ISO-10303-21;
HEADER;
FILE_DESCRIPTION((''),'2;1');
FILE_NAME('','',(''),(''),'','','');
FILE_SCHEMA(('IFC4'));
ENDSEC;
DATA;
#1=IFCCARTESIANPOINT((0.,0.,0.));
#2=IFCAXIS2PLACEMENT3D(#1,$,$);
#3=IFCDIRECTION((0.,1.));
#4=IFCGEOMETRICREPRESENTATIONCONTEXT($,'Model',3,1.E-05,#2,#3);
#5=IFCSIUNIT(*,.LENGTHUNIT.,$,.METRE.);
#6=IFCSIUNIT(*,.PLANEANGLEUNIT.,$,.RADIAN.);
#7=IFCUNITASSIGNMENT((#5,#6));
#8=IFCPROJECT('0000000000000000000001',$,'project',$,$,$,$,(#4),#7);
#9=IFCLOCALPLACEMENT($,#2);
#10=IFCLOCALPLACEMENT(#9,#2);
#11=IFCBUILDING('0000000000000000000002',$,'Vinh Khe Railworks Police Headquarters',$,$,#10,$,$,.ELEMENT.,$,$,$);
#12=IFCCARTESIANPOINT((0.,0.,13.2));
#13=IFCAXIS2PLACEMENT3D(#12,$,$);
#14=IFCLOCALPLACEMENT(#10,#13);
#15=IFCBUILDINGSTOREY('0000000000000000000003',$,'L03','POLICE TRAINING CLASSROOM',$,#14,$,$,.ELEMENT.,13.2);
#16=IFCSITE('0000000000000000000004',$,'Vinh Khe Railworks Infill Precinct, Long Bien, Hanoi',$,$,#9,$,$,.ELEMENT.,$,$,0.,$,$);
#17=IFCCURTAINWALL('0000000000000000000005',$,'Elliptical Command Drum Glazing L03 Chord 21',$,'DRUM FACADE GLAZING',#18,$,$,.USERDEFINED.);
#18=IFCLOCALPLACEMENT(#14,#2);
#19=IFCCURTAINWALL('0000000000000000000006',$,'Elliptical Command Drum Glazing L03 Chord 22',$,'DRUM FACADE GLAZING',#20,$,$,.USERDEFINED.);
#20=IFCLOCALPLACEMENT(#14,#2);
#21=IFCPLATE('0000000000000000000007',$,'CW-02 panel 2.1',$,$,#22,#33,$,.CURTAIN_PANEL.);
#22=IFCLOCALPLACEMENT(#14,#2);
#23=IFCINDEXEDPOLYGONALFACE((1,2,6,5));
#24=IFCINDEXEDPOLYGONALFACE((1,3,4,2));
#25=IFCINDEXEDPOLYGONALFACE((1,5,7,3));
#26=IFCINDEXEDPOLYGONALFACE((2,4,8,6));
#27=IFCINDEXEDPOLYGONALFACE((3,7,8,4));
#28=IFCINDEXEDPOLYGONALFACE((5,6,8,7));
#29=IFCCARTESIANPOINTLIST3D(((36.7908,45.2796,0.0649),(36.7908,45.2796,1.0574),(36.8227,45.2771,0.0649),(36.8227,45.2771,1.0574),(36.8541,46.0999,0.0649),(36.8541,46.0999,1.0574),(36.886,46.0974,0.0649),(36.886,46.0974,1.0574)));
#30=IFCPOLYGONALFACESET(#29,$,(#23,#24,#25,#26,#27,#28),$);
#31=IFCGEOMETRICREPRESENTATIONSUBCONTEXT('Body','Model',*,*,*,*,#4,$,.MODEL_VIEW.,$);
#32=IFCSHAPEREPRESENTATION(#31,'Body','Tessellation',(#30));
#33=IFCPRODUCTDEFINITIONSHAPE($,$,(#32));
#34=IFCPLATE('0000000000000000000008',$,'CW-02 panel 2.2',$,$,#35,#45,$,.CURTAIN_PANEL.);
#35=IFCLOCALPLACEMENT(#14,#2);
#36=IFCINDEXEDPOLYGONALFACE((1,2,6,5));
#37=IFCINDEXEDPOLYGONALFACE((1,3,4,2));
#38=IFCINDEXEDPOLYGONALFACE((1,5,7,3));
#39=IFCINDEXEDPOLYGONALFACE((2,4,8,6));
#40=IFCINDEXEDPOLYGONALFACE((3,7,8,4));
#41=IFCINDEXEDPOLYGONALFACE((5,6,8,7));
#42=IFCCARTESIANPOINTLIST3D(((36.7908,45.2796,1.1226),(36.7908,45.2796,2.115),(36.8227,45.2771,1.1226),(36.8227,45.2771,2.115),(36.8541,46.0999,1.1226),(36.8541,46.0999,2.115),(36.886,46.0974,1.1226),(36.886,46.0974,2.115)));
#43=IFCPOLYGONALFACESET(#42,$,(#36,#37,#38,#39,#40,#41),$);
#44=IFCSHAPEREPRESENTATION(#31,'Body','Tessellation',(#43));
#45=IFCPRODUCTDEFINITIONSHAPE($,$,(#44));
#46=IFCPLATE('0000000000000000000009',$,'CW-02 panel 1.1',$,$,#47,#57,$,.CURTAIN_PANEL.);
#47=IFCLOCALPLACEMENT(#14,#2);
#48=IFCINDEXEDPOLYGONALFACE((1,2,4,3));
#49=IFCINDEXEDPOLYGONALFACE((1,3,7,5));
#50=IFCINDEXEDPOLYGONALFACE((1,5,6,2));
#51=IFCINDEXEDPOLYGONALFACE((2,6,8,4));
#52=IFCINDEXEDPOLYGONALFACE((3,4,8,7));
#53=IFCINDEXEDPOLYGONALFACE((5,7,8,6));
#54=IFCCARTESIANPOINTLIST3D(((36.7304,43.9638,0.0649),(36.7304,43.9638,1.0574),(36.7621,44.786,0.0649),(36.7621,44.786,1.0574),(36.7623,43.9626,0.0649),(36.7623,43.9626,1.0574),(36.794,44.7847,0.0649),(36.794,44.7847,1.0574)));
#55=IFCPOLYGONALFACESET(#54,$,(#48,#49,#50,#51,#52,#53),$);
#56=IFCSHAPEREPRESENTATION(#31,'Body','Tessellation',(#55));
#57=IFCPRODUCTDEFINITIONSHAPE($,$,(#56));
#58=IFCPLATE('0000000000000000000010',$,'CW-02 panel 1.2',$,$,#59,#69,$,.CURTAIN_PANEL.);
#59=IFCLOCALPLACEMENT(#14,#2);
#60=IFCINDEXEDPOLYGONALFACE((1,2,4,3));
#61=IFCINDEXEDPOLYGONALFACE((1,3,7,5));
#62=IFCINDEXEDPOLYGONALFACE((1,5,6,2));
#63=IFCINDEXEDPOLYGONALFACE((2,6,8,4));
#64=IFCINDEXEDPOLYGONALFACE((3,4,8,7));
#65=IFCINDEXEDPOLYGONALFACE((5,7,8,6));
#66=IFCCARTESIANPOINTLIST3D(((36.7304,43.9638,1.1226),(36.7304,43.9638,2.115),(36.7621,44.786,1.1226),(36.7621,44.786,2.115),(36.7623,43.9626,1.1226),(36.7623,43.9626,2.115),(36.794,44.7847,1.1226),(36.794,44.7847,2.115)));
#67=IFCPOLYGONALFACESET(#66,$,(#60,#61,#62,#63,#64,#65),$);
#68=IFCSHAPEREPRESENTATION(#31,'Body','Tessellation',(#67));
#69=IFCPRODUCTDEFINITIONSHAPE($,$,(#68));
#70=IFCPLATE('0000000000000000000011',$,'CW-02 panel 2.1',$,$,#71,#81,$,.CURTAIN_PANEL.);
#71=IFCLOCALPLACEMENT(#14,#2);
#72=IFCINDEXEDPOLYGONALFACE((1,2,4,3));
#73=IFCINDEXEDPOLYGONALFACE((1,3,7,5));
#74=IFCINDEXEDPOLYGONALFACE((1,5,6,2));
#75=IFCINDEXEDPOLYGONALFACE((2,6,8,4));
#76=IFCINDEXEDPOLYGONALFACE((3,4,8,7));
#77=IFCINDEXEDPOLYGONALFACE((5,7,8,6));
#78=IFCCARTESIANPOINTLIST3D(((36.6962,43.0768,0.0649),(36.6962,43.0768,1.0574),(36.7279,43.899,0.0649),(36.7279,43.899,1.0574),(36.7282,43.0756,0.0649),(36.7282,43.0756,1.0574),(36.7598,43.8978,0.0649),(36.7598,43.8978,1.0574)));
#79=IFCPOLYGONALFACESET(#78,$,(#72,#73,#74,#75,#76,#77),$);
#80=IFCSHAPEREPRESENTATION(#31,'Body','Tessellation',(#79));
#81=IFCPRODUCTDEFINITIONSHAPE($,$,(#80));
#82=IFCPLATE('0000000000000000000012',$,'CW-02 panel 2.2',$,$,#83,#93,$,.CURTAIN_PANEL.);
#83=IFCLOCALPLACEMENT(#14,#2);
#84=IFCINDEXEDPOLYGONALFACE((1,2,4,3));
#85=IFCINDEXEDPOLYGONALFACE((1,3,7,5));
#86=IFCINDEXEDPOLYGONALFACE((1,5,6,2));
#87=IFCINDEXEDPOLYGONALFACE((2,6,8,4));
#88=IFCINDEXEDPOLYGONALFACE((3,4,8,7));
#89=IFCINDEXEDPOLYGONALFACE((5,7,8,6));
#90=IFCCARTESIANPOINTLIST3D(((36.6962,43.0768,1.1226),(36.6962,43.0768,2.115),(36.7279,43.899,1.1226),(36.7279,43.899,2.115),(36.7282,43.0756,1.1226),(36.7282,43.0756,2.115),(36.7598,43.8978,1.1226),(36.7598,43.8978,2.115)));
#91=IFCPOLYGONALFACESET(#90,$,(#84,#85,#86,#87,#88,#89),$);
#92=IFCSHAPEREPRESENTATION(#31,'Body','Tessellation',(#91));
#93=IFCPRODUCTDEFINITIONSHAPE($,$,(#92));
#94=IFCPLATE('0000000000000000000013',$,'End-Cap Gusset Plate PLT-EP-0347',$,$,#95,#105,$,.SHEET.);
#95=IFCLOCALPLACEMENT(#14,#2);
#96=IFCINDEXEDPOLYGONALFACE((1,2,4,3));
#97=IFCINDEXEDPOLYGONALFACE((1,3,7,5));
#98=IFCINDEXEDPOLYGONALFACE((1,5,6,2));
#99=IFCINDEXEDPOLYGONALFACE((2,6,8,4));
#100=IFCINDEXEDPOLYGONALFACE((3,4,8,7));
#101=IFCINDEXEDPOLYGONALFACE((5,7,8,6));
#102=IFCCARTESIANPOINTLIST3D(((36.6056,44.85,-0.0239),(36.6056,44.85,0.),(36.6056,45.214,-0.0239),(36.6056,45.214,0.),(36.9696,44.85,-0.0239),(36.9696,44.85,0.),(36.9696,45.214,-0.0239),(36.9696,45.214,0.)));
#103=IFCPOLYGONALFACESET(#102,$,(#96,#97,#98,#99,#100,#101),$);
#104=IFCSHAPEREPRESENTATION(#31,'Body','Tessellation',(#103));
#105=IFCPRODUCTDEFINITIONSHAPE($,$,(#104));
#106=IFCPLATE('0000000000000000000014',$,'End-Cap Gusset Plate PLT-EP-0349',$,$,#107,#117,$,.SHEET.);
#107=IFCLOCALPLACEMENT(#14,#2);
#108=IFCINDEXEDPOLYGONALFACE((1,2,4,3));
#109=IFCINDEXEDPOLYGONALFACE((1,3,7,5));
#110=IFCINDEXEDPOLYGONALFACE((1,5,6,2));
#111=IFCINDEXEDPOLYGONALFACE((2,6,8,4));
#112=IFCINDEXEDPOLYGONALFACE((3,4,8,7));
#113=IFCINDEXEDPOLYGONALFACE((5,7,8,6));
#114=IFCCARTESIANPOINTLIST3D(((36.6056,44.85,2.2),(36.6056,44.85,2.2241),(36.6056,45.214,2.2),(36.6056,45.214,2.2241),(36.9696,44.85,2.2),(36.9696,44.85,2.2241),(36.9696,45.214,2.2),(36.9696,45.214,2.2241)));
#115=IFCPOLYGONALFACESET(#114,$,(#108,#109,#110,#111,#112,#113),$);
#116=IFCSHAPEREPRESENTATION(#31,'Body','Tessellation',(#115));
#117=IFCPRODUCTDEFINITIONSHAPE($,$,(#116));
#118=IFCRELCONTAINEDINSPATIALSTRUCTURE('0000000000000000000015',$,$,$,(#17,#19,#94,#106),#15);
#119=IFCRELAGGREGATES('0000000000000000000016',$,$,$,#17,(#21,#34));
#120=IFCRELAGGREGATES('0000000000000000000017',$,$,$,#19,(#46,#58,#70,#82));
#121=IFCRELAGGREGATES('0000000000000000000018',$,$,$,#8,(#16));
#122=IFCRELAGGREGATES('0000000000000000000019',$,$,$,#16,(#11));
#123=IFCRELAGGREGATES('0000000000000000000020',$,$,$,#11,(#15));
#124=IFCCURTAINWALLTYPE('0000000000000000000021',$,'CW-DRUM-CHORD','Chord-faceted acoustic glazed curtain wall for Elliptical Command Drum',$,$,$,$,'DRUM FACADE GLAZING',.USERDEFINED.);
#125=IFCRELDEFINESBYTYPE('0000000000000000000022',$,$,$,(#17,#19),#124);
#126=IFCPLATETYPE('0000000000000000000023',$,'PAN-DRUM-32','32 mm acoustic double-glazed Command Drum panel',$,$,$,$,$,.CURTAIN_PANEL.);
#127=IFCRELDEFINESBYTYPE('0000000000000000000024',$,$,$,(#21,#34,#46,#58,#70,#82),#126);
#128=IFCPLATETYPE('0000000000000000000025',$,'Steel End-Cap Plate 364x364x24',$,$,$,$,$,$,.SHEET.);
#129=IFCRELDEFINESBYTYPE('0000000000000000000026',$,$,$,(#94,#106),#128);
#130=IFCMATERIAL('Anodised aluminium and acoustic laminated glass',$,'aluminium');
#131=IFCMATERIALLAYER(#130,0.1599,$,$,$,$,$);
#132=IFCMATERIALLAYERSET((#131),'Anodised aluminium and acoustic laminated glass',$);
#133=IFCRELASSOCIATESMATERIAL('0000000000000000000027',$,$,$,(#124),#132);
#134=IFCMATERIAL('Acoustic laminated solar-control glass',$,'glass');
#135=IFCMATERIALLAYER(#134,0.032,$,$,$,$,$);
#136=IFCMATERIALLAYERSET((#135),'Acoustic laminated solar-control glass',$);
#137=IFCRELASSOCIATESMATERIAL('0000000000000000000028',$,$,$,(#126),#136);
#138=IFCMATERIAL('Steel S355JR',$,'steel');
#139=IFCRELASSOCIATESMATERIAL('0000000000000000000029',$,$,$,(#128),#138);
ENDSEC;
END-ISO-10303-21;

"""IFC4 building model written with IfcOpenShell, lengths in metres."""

from ifc_helpers import new_model, si_unit, direction, frame, origin, origin_2d, place, context, subcontext, project, spatial, rectangle, extrude, material, layer, layer_set, material_profile, profile_set, type_object, element, aggregate, save


model = new_model("IFC4")

# Units and contexts
model_context = context("Model", 3, precision=1e-05, world=origin(), true_north=direction((0.0, 1.0)))
body_context = subcontext(model_context, "Body", "Model", "MODEL_VIEW")
ifc_project = project(units=[si_unit("LENGTHUNIT", "METRE"), si_unit("PLANEANGLEUNIT", "RADIAN")], contexts=[model_context])

# Site, building, storey
site_placement = place(None, origin())
site = spatial("IfcSite", under=ifc_project, at=site_placement, Name="Vinh Khe Railworks Infill Precinct, Long Bien, Hanoi", CompositionType="ELEMENT", RefElevation=0.0)
building_placement = place(site_placement, origin())
building = spatial("IfcBuilding", under=site, at=building_placement, Name="Vinh Khe Railworks Police Headquarters", CompositionType="ELEMENT")
storey_placement = place(building_placement, frame((0.0, 0.0, 13.2)))
storey = spatial("IfcBuildingStorey", under=building, at=storey_placement, Name="L03", Description="POLICE TRAINING CLASSROOM", CompositionType="ELEMENT", Elevation=13.2)

# Shared definitions
ifc_material_1 = material(Name="Steel S355JR", Category="steel")

# Shared definitions
ifc_material_2 = material(Name="Anodised aluminium and acoustic laminated glass", Category="aluminium")
ifc_layer_1 = layer(ifc_material_2, 0.1599)
ifc_layer_set_1 = layer_set([ifc_layer_1], Name="Anodised aluminium and acoustic laminated glass")
curtain_wall_type = type_object("IfcCurtainWallType", Name="CW-DRUM-CHORD", Description="Chord-faceted acoustic glazed curtain wall for Elliptical Command Drum", ElementType="DRUM FACADE GLAZING", PredefinedType="USERDEFINED", material=ifc_layer_set_1)

# Curtain walls
curtain_wall_1_placement = place(storey_placement, origin())
curtain_wall_1 = element("IfcCurtainWall", 1, at=curtain_wall_1_placement, inside=storey, type_object=curtain_wall_type, Name="Elliptical Command Drum Glazing L03 Chord 21", ObjectType="DRUM FACADE GLAZING", PredefinedType="USERDEFINED")
curtain_wall_2_placement = place(storey_placement, origin())
curtain_wall_2 = element("IfcCurtainWall", 2, at=curtain_wall_2_placement, inside=storey, type_object=curtain_wall_type, Name="Elliptical Command Drum Glazing L03 Chord 22", ObjectType="DRUM FACADE GLAZING", PredefinedType="USERDEFINED")

# Plates
ifc_material_3 = material(Name="Acoustic laminated solar-control glass", Category="glass")
ifc_layer_2 = layer(ifc_material_3, 0.032)
ifc_layer_set_2 = layer_set([ifc_layer_2], Name="Acoustic laminated solar-control glass")
plate_type_1 = type_object("IfcPlateType", Name="PAN-DRUM-32", Description="32 mm acoustic double-glazed Command Drum panel", PredefinedType="CURTAIN_PANEL", material=ifc_layer_set_2)
plate_1_placement = place(storey_placement, frame((36.8384, 45.6885, 0.0649), z_axis=(0.0, 0.0, 1.0), x_axis=(-0.076969, -0.997033, 0.0)))
plate_1 = element("IfcPlate", 3, at=plate_1_placement, type_object=plate_type_1, Name="CW-02 panel 2.1", PredefinedType="CURTAIN_PANEL", context=body_context, shape_type="SweptSolid", body=[
    extrude(rectangle(XDim=0.8228, YDim=0.032, at=origin_2d()), origin(), (0.0, 0.0, 1.0), 0.9924),
])
plate_2_placement = place(storey_placement, frame((36.8384, 45.6885, 1.1226), z_axis=(0.0, 0.0, 1.0), x_axis=(-0.076969, -0.997033, 0.0)))
plate_2 = element("IfcPlate", 4, at=plate_2_placement, type_object=plate_type_1, Name="CW-02 panel 2.2", PredefinedType="CURTAIN_PANEL", context=body_context, shape_type="SweptSolid", body=[
    extrude(rectangle(XDim=0.8228, YDim=0.032, at=origin_2d()), origin(), (0.0, 0.0, 1.0), 0.9924),
])
aggregate(curtain_wall_1, [plate_1, plate_2])
plate_3_placement = place(storey_placement, frame((36.7622, 44.3743, 0.0649), z_axis=(0.0, 0.0, 1.0), x_axis=(-0.038513, -0.999258, 0.0)))
plate_3 = element("IfcPlate", 5, at=plate_3_placement, type_object=plate_type_1, Name="CW-02 panel 1.1", PredefinedType="CURTAIN_PANEL", context=body_context, shape_type="SweptSolid", body=[
    extrude(rectangle(XDim=0.8228, YDim=0.032, at=origin_2d()), origin(), (0.0, 0.0, 1.0), 0.9924),
])
plate_4_placement = place(storey_placement, frame((36.7622, 44.3743, 1.1226), z_axis=(0.0, 0.0, 1.0), x_axis=(-0.038513, -0.999258, 0.0)))
plate_4 = element("IfcPlate", 6, at=plate_4_placement, type_object=plate_type_1, Name="CW-02 panel 1.2", PredefinedType="CURTAIN_PANEL", context=body_context, shape_type="SweptSolid", body=[
    extrude(rectangle(XDim=0.8228, YDim=0.032, at=origin_2d()), origin(), (0.0, 0.0, 1.0), 0.9924),
])
plate_5_placement = place(storey_placement, frame((36.728, 43.4873, 0.0649), z_axis=(0.0, 0.0, 1.0), x_axis=(-0.038513, -0.999258, 0.0)))
plate_5 = element("IfcPlate", 7, at=plate_5_placement, type_object=plate_type_1, Name="CW-02 panel 2.1", PredefinedType="CURTAIN_PANEL", context=body_context, shape_type="SweptSolid", body=[
    extrude(rectangle(XDim=0.8228, YDim=0.032, at=origin_2d()), origin(), (0.0, 0.0, 1.0), 0.9924),
])
plate_6_placement = place(storey_placement, frame((36.728, 43.4873, 1.1226), z_axis=(0.0, 0.0, 1.0), x_axis=(-0.038513, -0.999258, 0.0)))
plate_6 = element("IfcPlate", 8, at=plate_6_placement, type_object=plate_type_1, Name="CW-02 panel 2.2", PredefinedType="CURTAIN_PANEL", context=body_context, shape_type="SweptSolid", body=[
    extrude(rectangle(XDim=0.8228, YDim=0.032, at=origin_2d()), origin(), (0.0, 0.0, 1.0), 0.9924),
])
aggregate(curtain_wall_2, [plate_3, plate_4, plate_5, plate_6])

# Plates
ifc_material_profile_1 = material_profile(ifc_material_1, rectangle(XDim=0.364, YDim=0.364, at=origin_2d()), Name="PL 364x364")
ifc_profile_set_1 = profile_set([ifc_material_profile_1], Name="Steel S355JR")
plate_type_2 = type_object("IfcPlateType", Name="Steel End-Cap Plate 364x364x24", PredefinedType="SHEET", material=ifc_profile_set_1)
plate_7_placement = place(storey_placement, frame((36.7876, 45.032, 0.0), z_axis=(0.0, 0.0, -1.0), x_axis=(1.0, 0.0, 0.0)))
element("IfcPlate", 9, at=plate_7_placement, inside=storey, type_object=plate_type_2, Name="End-Cap Gusset Plate PLT-EP-0347", PredefinedType="SHEET", context=body_context, shape_type="SweptSolid", body=[
    extrude(rectangle(XDim=0.364, YDim=0.364, at=origin_2d()), origin(), (0.0, 0.0, 1.0), 0.0239),
])
plate_8_placement = place(storey_placement, frame((36.7876, 45.032, 2.2), z_axis=(0.0, 0.0, 1.0), x_axis=(1.0, 0.0, 0.0)))
element("IfcPlate", 10, at=plate_8_placement, inside=storey, type_object=plate_type_2, Name="End-Cap Gusset Plate PLT-EP-0349", PredefinedType="SHEET", context=body_context, shape_type="SweptSolid", body=[
    extrude(rectangle(XDim=0.364, YDim=0.364, at=origin_2d()), origin(), (0.0, 0.0, 1.0), 0.0242),
])

save(model, "model.ifc")
